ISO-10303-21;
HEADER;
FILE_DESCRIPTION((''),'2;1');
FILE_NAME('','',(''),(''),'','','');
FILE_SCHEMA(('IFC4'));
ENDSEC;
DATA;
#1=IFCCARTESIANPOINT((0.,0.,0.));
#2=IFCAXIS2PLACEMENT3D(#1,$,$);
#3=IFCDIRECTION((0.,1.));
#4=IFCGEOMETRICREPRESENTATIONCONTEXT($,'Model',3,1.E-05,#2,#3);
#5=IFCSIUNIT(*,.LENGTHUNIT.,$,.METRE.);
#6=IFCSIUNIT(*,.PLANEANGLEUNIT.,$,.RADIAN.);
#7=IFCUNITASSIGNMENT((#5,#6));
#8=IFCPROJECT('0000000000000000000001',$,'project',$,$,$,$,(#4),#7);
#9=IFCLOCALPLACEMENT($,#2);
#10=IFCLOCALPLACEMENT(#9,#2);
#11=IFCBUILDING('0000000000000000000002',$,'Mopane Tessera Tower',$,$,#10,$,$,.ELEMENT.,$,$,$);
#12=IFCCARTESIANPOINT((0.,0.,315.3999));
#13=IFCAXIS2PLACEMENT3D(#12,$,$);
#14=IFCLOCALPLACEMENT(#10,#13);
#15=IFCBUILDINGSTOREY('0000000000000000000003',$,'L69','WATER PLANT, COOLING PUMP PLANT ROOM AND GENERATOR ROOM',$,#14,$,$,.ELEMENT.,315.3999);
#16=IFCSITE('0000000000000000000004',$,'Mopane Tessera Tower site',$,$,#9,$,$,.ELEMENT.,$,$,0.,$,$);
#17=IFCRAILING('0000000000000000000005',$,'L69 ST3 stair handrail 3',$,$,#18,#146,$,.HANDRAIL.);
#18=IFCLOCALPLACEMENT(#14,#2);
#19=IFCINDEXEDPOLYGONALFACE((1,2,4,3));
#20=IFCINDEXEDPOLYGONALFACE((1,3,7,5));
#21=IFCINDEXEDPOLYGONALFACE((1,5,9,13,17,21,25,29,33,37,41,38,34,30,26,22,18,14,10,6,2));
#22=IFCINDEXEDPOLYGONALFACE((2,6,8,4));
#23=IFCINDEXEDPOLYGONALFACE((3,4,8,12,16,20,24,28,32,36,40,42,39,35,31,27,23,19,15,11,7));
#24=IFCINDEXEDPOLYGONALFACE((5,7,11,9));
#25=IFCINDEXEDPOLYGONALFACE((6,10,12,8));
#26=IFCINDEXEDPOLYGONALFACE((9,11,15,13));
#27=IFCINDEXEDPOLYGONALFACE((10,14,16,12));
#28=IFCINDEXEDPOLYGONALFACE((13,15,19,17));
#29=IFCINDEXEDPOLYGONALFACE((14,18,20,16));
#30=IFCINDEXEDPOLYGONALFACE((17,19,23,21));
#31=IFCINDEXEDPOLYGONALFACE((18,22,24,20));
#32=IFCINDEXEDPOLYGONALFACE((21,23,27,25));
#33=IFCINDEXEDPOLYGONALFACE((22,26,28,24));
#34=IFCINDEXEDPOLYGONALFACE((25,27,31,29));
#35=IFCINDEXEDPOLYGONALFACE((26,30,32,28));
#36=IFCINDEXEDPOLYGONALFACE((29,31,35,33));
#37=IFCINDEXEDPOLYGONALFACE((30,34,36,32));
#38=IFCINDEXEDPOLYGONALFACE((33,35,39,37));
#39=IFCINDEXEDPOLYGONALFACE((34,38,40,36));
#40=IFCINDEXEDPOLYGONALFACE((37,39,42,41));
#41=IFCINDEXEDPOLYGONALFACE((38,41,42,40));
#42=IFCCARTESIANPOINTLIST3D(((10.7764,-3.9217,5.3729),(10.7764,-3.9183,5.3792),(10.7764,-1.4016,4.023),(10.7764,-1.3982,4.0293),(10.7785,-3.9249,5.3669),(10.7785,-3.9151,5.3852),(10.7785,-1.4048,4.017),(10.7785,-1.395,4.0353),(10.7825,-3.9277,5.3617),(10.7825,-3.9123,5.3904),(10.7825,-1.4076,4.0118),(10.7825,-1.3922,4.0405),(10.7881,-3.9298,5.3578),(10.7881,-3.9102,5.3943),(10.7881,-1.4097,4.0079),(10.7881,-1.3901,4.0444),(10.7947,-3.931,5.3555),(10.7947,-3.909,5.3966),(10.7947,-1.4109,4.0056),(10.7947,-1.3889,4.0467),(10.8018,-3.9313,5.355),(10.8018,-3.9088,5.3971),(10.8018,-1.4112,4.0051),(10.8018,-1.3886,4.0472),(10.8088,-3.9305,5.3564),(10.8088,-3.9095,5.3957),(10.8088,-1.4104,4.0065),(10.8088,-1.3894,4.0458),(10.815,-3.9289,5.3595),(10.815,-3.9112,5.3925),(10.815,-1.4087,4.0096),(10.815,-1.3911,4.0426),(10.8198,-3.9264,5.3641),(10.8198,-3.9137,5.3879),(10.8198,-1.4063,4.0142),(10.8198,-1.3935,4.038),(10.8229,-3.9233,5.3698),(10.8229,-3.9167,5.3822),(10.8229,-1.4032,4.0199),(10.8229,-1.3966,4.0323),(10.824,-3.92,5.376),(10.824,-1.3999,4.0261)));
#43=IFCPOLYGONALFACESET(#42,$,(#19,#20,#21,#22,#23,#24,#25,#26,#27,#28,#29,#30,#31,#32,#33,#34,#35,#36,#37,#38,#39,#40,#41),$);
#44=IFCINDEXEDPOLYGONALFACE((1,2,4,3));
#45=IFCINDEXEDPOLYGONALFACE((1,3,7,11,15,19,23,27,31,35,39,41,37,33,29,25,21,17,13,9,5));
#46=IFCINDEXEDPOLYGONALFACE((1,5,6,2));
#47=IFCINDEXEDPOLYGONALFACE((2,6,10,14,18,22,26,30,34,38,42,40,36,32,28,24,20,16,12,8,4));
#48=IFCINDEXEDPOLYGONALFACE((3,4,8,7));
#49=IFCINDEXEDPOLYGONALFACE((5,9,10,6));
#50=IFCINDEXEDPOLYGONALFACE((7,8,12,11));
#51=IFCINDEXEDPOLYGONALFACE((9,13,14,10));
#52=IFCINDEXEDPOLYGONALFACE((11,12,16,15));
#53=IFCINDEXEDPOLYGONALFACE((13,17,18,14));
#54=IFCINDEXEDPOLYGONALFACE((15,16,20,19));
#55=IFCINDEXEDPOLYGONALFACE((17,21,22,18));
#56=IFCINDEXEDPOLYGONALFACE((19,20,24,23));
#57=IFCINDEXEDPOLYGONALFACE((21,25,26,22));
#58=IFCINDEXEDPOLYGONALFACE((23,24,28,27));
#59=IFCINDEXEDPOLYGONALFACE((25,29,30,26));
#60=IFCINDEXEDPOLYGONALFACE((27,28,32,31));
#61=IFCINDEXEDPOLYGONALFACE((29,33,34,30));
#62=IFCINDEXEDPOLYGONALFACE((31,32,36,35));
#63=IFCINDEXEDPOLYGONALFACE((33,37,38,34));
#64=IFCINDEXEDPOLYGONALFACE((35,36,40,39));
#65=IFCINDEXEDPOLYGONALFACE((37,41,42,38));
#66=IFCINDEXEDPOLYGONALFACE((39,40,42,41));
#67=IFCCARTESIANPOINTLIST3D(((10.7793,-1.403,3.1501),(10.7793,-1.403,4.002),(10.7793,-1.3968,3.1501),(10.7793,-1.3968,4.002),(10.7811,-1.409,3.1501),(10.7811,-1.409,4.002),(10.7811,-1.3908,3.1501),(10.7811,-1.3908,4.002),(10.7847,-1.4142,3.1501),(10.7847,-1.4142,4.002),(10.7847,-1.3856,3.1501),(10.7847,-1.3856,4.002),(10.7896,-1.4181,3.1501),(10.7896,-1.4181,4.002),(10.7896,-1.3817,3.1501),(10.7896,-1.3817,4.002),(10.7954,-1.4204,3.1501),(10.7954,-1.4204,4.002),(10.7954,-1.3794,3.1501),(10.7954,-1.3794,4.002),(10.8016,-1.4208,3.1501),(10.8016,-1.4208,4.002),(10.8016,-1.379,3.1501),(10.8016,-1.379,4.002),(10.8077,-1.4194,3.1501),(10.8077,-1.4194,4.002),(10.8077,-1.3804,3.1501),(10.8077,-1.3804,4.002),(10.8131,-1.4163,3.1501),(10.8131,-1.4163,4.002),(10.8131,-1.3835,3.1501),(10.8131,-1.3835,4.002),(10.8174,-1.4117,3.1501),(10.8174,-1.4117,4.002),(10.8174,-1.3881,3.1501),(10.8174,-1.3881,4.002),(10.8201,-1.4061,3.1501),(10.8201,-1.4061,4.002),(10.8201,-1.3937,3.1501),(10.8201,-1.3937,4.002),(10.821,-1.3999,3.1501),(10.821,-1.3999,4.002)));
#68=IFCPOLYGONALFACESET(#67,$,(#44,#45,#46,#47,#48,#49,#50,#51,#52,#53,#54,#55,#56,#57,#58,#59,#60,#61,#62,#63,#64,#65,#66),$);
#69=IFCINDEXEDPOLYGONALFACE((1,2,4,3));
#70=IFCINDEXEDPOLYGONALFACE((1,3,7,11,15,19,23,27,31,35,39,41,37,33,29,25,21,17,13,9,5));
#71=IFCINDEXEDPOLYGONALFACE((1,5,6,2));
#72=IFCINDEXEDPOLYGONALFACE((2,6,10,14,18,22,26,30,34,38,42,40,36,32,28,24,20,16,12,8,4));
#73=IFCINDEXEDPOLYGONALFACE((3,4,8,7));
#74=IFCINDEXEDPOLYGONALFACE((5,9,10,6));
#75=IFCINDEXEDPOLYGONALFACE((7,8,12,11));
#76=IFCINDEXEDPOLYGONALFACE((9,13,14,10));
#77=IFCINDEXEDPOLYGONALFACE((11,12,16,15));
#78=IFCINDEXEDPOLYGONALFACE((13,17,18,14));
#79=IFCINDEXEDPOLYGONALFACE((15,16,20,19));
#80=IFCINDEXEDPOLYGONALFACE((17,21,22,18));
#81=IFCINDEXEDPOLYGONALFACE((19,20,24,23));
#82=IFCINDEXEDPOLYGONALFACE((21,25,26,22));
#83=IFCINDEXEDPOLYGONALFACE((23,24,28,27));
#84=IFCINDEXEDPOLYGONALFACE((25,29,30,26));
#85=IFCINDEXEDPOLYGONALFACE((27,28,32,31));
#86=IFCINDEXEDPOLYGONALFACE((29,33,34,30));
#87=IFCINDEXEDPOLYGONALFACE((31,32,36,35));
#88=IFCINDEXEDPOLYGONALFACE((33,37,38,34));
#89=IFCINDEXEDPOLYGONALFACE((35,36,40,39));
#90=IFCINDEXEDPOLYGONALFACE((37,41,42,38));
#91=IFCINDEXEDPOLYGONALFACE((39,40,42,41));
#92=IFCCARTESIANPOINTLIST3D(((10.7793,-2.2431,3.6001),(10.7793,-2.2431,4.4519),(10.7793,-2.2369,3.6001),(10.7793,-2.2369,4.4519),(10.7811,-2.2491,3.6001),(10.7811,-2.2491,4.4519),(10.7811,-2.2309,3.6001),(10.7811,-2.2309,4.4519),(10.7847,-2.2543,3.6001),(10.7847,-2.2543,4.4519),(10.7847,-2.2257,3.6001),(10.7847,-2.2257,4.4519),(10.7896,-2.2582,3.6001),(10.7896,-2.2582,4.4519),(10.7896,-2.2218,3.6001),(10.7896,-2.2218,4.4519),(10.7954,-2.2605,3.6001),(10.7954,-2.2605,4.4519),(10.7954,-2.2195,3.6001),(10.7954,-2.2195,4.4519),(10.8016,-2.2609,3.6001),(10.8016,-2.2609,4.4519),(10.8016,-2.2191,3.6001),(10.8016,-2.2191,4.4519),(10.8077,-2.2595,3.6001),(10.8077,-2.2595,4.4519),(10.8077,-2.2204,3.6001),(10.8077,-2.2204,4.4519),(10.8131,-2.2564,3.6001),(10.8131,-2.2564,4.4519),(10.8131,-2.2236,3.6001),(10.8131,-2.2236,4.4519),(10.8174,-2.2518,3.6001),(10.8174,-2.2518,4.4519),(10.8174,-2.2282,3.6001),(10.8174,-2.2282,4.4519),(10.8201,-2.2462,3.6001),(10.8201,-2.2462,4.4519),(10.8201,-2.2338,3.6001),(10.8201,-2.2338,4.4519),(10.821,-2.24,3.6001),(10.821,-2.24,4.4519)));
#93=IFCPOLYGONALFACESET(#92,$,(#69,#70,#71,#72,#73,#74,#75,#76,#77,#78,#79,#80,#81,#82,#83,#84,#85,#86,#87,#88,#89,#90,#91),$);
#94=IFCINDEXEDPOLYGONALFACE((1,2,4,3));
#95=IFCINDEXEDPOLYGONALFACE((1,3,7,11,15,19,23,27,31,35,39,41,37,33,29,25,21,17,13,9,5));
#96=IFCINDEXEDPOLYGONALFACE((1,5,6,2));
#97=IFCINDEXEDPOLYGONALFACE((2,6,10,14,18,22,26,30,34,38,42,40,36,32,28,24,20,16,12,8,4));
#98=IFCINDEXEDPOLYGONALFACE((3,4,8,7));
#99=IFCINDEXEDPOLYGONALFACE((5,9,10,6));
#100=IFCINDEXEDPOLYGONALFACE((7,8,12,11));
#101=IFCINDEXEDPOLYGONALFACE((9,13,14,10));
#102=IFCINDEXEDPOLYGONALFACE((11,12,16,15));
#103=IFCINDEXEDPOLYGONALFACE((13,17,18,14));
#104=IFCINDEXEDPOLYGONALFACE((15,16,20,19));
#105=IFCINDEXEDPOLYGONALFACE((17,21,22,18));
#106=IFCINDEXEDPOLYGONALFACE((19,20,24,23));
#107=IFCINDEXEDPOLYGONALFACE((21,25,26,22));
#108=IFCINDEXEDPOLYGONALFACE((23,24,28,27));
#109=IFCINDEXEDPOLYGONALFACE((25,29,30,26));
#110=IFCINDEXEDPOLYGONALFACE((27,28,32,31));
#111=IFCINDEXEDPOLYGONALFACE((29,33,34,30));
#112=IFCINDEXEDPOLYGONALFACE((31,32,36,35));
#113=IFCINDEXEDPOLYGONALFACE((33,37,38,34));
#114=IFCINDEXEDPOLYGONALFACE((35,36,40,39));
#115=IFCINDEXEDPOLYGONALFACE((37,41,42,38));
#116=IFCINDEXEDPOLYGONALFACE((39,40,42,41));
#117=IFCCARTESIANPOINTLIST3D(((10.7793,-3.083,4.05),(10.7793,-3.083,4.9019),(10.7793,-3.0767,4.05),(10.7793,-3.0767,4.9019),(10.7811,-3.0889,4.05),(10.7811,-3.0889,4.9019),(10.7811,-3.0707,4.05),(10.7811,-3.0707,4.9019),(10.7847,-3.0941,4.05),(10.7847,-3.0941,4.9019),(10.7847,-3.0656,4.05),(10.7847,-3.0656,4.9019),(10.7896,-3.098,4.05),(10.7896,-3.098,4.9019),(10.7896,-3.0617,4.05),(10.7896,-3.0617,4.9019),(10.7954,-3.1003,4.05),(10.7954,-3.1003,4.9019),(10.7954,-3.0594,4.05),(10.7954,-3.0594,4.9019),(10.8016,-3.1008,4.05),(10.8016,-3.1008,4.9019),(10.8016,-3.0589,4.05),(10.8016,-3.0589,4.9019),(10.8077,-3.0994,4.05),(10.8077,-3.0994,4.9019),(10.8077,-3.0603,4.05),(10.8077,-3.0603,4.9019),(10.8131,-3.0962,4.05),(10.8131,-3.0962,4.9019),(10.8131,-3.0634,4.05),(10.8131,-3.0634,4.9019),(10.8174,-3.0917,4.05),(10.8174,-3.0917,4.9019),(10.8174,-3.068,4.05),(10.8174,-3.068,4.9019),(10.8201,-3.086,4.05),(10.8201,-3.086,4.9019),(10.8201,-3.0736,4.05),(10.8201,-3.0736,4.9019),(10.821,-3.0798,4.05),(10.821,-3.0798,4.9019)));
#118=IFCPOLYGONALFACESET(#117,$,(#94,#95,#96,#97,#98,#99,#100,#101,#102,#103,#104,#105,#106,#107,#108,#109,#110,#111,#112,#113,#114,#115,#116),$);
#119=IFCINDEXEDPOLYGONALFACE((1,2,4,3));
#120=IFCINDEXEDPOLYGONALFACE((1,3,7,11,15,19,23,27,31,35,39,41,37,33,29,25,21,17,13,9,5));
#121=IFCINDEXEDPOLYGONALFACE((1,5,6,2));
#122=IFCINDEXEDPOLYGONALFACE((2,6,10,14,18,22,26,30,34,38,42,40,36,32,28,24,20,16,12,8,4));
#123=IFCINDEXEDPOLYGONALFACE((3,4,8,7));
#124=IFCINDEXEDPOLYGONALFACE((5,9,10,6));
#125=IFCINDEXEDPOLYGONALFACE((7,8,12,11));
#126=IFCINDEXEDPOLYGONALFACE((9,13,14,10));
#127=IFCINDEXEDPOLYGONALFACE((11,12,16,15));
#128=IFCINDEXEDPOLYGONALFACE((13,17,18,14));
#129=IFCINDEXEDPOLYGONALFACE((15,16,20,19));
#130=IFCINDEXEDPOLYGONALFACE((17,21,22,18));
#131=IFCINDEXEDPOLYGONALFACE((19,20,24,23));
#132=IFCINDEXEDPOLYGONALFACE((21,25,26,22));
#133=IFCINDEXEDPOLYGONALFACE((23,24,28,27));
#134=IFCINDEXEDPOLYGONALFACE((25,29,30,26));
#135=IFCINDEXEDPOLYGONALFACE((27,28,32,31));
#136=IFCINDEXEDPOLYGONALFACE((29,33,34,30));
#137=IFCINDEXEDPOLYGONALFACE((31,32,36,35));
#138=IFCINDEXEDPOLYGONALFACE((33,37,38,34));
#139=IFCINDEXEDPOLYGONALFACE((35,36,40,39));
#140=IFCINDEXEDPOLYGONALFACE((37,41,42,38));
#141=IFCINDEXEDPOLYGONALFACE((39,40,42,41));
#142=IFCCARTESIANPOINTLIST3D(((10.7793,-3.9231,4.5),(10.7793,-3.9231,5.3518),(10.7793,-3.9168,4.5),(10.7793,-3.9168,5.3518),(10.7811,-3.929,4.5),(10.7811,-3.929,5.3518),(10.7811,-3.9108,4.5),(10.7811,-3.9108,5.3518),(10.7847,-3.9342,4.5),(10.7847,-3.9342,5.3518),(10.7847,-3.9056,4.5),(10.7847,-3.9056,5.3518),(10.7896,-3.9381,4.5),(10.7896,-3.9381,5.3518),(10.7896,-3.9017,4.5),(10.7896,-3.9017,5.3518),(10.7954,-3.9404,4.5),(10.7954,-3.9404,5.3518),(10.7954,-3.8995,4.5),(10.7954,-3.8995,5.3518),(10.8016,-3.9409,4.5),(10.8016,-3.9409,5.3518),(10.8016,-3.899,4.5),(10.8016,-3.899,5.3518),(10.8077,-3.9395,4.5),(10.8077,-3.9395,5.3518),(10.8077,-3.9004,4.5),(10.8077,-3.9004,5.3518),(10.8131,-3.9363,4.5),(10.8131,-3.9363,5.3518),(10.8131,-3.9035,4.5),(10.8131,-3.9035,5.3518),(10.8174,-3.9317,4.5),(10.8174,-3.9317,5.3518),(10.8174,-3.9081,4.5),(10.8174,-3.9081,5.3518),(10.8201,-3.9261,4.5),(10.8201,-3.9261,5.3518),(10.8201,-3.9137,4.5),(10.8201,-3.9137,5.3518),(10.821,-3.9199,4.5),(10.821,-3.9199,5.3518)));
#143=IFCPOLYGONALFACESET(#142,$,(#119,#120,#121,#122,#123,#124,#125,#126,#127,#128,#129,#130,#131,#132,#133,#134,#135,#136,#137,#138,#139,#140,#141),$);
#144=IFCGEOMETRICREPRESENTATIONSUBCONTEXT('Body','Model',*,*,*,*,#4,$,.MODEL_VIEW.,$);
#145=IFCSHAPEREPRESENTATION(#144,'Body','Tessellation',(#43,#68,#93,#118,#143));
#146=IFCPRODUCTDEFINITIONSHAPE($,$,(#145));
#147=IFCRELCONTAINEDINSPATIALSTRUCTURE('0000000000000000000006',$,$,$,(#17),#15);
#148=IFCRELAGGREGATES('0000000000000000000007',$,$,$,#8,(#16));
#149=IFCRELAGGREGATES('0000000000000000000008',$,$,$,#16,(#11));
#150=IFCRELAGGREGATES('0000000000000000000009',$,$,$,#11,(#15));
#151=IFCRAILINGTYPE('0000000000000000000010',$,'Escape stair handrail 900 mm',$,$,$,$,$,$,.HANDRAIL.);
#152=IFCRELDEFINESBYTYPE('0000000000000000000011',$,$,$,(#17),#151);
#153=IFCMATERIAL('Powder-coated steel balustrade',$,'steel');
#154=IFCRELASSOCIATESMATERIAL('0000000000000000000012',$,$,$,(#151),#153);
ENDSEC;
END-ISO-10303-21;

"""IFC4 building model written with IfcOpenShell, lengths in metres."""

from ifc_helpers import new_model, si_unit, direction, frame, origin, origin_2d, place, context, subcontext, project, spatial, circle, extrude, material, type_object, element, save


model = new_model("IFC4")

# Units and contexts
model_context = context("Model", 3, precision=1e-05, world=origin(), true_north=direction((0.0, 1.0)))
body_context = subcontext(model_context, "Body", "Model", "MODEL_VIEW")
ifc_project = project(units=[si_unit("LENGTHUNIT", "METRE"), si_unit("PLANEANGLEUNIT", "RADIAN")], contexts=[model_context])

# Site, building, storey
site_placement = place(None, origin())
site = spatial("IfcSite", under=ifc_project, at=site_placement, Name="Mopane Tessera Tower site", CompositionType="ELEMENT", RefElevation=0.0)
building_placement = place(site_placement, origin())
building = spatial("IfcBuilding", under=site, at=building_placement, Name="Mopane Tessera Tower", CompositionType="ELEMENT")
storey_placement = place(building_placement, frame((0.0, 0.0, 315.3999)))
storey = spatial("IfcBuildingStorey", under=building, at=storey_placement, Name="L69", Description="WATER PLANT, COOLING PUMP PLANT ROOM AND GENERATOR ROOM", CompositionType="ELEMENT", Elevation=315.3999)

# Railing
ifc_material_1 = material(Name="Powder-coated steel balustrade", Category="steel")
railing_type_1 = type_object("IfcRailingType", Name="Escape stair handrail 900 mm", PredefinedType="HANDRAIL", material=ifc_material_1)
railing_1_placement = place(storey_placement, frame((10.8, -1.3999, 3.1501)))
element("IfcRailing", 1, at=railing_1_placement, inside=storey, type_object=railing_type_1, Name="L69 ST3 stair handrail 3", PredefinedType="HANDRAIL", context=body_context, shape_type="SweptSolid", body=[
    extrude(circle(Radius=0.0239, at=origin_2d()), frame((0.0, 0.0, 0.876), z_axis=(0.0, -0.881503, 0.472179), x_axis=(1.0, 0.0, 0.0)), (0.0, 0.0, 1.0), 2.8589),
    extrude(circle(Radius=0.021, at=origin_2d()), origin(), (0.0, 0.0, 1.0), 0.8518),
    extrude(circle(Radius=0.021, at=origin_2d()), frame((0.0, -0.8401, 0.45)), (0.0, 0.0, 1.0), 0.8518),
    extrude(circle(Radius=0.021, at=origin_2d()), frame((0.0, -1.6799, 0.8999)), (0.0, 0.0, 1.0), 0.8518),
    extrude(circle(Radius=0.021, at=origin_2d()), frame((0.0, -2.52, 1.3499)), (0.0, 0.0, 1.0), 0.8518),
])

save(model, "model.ifc")
